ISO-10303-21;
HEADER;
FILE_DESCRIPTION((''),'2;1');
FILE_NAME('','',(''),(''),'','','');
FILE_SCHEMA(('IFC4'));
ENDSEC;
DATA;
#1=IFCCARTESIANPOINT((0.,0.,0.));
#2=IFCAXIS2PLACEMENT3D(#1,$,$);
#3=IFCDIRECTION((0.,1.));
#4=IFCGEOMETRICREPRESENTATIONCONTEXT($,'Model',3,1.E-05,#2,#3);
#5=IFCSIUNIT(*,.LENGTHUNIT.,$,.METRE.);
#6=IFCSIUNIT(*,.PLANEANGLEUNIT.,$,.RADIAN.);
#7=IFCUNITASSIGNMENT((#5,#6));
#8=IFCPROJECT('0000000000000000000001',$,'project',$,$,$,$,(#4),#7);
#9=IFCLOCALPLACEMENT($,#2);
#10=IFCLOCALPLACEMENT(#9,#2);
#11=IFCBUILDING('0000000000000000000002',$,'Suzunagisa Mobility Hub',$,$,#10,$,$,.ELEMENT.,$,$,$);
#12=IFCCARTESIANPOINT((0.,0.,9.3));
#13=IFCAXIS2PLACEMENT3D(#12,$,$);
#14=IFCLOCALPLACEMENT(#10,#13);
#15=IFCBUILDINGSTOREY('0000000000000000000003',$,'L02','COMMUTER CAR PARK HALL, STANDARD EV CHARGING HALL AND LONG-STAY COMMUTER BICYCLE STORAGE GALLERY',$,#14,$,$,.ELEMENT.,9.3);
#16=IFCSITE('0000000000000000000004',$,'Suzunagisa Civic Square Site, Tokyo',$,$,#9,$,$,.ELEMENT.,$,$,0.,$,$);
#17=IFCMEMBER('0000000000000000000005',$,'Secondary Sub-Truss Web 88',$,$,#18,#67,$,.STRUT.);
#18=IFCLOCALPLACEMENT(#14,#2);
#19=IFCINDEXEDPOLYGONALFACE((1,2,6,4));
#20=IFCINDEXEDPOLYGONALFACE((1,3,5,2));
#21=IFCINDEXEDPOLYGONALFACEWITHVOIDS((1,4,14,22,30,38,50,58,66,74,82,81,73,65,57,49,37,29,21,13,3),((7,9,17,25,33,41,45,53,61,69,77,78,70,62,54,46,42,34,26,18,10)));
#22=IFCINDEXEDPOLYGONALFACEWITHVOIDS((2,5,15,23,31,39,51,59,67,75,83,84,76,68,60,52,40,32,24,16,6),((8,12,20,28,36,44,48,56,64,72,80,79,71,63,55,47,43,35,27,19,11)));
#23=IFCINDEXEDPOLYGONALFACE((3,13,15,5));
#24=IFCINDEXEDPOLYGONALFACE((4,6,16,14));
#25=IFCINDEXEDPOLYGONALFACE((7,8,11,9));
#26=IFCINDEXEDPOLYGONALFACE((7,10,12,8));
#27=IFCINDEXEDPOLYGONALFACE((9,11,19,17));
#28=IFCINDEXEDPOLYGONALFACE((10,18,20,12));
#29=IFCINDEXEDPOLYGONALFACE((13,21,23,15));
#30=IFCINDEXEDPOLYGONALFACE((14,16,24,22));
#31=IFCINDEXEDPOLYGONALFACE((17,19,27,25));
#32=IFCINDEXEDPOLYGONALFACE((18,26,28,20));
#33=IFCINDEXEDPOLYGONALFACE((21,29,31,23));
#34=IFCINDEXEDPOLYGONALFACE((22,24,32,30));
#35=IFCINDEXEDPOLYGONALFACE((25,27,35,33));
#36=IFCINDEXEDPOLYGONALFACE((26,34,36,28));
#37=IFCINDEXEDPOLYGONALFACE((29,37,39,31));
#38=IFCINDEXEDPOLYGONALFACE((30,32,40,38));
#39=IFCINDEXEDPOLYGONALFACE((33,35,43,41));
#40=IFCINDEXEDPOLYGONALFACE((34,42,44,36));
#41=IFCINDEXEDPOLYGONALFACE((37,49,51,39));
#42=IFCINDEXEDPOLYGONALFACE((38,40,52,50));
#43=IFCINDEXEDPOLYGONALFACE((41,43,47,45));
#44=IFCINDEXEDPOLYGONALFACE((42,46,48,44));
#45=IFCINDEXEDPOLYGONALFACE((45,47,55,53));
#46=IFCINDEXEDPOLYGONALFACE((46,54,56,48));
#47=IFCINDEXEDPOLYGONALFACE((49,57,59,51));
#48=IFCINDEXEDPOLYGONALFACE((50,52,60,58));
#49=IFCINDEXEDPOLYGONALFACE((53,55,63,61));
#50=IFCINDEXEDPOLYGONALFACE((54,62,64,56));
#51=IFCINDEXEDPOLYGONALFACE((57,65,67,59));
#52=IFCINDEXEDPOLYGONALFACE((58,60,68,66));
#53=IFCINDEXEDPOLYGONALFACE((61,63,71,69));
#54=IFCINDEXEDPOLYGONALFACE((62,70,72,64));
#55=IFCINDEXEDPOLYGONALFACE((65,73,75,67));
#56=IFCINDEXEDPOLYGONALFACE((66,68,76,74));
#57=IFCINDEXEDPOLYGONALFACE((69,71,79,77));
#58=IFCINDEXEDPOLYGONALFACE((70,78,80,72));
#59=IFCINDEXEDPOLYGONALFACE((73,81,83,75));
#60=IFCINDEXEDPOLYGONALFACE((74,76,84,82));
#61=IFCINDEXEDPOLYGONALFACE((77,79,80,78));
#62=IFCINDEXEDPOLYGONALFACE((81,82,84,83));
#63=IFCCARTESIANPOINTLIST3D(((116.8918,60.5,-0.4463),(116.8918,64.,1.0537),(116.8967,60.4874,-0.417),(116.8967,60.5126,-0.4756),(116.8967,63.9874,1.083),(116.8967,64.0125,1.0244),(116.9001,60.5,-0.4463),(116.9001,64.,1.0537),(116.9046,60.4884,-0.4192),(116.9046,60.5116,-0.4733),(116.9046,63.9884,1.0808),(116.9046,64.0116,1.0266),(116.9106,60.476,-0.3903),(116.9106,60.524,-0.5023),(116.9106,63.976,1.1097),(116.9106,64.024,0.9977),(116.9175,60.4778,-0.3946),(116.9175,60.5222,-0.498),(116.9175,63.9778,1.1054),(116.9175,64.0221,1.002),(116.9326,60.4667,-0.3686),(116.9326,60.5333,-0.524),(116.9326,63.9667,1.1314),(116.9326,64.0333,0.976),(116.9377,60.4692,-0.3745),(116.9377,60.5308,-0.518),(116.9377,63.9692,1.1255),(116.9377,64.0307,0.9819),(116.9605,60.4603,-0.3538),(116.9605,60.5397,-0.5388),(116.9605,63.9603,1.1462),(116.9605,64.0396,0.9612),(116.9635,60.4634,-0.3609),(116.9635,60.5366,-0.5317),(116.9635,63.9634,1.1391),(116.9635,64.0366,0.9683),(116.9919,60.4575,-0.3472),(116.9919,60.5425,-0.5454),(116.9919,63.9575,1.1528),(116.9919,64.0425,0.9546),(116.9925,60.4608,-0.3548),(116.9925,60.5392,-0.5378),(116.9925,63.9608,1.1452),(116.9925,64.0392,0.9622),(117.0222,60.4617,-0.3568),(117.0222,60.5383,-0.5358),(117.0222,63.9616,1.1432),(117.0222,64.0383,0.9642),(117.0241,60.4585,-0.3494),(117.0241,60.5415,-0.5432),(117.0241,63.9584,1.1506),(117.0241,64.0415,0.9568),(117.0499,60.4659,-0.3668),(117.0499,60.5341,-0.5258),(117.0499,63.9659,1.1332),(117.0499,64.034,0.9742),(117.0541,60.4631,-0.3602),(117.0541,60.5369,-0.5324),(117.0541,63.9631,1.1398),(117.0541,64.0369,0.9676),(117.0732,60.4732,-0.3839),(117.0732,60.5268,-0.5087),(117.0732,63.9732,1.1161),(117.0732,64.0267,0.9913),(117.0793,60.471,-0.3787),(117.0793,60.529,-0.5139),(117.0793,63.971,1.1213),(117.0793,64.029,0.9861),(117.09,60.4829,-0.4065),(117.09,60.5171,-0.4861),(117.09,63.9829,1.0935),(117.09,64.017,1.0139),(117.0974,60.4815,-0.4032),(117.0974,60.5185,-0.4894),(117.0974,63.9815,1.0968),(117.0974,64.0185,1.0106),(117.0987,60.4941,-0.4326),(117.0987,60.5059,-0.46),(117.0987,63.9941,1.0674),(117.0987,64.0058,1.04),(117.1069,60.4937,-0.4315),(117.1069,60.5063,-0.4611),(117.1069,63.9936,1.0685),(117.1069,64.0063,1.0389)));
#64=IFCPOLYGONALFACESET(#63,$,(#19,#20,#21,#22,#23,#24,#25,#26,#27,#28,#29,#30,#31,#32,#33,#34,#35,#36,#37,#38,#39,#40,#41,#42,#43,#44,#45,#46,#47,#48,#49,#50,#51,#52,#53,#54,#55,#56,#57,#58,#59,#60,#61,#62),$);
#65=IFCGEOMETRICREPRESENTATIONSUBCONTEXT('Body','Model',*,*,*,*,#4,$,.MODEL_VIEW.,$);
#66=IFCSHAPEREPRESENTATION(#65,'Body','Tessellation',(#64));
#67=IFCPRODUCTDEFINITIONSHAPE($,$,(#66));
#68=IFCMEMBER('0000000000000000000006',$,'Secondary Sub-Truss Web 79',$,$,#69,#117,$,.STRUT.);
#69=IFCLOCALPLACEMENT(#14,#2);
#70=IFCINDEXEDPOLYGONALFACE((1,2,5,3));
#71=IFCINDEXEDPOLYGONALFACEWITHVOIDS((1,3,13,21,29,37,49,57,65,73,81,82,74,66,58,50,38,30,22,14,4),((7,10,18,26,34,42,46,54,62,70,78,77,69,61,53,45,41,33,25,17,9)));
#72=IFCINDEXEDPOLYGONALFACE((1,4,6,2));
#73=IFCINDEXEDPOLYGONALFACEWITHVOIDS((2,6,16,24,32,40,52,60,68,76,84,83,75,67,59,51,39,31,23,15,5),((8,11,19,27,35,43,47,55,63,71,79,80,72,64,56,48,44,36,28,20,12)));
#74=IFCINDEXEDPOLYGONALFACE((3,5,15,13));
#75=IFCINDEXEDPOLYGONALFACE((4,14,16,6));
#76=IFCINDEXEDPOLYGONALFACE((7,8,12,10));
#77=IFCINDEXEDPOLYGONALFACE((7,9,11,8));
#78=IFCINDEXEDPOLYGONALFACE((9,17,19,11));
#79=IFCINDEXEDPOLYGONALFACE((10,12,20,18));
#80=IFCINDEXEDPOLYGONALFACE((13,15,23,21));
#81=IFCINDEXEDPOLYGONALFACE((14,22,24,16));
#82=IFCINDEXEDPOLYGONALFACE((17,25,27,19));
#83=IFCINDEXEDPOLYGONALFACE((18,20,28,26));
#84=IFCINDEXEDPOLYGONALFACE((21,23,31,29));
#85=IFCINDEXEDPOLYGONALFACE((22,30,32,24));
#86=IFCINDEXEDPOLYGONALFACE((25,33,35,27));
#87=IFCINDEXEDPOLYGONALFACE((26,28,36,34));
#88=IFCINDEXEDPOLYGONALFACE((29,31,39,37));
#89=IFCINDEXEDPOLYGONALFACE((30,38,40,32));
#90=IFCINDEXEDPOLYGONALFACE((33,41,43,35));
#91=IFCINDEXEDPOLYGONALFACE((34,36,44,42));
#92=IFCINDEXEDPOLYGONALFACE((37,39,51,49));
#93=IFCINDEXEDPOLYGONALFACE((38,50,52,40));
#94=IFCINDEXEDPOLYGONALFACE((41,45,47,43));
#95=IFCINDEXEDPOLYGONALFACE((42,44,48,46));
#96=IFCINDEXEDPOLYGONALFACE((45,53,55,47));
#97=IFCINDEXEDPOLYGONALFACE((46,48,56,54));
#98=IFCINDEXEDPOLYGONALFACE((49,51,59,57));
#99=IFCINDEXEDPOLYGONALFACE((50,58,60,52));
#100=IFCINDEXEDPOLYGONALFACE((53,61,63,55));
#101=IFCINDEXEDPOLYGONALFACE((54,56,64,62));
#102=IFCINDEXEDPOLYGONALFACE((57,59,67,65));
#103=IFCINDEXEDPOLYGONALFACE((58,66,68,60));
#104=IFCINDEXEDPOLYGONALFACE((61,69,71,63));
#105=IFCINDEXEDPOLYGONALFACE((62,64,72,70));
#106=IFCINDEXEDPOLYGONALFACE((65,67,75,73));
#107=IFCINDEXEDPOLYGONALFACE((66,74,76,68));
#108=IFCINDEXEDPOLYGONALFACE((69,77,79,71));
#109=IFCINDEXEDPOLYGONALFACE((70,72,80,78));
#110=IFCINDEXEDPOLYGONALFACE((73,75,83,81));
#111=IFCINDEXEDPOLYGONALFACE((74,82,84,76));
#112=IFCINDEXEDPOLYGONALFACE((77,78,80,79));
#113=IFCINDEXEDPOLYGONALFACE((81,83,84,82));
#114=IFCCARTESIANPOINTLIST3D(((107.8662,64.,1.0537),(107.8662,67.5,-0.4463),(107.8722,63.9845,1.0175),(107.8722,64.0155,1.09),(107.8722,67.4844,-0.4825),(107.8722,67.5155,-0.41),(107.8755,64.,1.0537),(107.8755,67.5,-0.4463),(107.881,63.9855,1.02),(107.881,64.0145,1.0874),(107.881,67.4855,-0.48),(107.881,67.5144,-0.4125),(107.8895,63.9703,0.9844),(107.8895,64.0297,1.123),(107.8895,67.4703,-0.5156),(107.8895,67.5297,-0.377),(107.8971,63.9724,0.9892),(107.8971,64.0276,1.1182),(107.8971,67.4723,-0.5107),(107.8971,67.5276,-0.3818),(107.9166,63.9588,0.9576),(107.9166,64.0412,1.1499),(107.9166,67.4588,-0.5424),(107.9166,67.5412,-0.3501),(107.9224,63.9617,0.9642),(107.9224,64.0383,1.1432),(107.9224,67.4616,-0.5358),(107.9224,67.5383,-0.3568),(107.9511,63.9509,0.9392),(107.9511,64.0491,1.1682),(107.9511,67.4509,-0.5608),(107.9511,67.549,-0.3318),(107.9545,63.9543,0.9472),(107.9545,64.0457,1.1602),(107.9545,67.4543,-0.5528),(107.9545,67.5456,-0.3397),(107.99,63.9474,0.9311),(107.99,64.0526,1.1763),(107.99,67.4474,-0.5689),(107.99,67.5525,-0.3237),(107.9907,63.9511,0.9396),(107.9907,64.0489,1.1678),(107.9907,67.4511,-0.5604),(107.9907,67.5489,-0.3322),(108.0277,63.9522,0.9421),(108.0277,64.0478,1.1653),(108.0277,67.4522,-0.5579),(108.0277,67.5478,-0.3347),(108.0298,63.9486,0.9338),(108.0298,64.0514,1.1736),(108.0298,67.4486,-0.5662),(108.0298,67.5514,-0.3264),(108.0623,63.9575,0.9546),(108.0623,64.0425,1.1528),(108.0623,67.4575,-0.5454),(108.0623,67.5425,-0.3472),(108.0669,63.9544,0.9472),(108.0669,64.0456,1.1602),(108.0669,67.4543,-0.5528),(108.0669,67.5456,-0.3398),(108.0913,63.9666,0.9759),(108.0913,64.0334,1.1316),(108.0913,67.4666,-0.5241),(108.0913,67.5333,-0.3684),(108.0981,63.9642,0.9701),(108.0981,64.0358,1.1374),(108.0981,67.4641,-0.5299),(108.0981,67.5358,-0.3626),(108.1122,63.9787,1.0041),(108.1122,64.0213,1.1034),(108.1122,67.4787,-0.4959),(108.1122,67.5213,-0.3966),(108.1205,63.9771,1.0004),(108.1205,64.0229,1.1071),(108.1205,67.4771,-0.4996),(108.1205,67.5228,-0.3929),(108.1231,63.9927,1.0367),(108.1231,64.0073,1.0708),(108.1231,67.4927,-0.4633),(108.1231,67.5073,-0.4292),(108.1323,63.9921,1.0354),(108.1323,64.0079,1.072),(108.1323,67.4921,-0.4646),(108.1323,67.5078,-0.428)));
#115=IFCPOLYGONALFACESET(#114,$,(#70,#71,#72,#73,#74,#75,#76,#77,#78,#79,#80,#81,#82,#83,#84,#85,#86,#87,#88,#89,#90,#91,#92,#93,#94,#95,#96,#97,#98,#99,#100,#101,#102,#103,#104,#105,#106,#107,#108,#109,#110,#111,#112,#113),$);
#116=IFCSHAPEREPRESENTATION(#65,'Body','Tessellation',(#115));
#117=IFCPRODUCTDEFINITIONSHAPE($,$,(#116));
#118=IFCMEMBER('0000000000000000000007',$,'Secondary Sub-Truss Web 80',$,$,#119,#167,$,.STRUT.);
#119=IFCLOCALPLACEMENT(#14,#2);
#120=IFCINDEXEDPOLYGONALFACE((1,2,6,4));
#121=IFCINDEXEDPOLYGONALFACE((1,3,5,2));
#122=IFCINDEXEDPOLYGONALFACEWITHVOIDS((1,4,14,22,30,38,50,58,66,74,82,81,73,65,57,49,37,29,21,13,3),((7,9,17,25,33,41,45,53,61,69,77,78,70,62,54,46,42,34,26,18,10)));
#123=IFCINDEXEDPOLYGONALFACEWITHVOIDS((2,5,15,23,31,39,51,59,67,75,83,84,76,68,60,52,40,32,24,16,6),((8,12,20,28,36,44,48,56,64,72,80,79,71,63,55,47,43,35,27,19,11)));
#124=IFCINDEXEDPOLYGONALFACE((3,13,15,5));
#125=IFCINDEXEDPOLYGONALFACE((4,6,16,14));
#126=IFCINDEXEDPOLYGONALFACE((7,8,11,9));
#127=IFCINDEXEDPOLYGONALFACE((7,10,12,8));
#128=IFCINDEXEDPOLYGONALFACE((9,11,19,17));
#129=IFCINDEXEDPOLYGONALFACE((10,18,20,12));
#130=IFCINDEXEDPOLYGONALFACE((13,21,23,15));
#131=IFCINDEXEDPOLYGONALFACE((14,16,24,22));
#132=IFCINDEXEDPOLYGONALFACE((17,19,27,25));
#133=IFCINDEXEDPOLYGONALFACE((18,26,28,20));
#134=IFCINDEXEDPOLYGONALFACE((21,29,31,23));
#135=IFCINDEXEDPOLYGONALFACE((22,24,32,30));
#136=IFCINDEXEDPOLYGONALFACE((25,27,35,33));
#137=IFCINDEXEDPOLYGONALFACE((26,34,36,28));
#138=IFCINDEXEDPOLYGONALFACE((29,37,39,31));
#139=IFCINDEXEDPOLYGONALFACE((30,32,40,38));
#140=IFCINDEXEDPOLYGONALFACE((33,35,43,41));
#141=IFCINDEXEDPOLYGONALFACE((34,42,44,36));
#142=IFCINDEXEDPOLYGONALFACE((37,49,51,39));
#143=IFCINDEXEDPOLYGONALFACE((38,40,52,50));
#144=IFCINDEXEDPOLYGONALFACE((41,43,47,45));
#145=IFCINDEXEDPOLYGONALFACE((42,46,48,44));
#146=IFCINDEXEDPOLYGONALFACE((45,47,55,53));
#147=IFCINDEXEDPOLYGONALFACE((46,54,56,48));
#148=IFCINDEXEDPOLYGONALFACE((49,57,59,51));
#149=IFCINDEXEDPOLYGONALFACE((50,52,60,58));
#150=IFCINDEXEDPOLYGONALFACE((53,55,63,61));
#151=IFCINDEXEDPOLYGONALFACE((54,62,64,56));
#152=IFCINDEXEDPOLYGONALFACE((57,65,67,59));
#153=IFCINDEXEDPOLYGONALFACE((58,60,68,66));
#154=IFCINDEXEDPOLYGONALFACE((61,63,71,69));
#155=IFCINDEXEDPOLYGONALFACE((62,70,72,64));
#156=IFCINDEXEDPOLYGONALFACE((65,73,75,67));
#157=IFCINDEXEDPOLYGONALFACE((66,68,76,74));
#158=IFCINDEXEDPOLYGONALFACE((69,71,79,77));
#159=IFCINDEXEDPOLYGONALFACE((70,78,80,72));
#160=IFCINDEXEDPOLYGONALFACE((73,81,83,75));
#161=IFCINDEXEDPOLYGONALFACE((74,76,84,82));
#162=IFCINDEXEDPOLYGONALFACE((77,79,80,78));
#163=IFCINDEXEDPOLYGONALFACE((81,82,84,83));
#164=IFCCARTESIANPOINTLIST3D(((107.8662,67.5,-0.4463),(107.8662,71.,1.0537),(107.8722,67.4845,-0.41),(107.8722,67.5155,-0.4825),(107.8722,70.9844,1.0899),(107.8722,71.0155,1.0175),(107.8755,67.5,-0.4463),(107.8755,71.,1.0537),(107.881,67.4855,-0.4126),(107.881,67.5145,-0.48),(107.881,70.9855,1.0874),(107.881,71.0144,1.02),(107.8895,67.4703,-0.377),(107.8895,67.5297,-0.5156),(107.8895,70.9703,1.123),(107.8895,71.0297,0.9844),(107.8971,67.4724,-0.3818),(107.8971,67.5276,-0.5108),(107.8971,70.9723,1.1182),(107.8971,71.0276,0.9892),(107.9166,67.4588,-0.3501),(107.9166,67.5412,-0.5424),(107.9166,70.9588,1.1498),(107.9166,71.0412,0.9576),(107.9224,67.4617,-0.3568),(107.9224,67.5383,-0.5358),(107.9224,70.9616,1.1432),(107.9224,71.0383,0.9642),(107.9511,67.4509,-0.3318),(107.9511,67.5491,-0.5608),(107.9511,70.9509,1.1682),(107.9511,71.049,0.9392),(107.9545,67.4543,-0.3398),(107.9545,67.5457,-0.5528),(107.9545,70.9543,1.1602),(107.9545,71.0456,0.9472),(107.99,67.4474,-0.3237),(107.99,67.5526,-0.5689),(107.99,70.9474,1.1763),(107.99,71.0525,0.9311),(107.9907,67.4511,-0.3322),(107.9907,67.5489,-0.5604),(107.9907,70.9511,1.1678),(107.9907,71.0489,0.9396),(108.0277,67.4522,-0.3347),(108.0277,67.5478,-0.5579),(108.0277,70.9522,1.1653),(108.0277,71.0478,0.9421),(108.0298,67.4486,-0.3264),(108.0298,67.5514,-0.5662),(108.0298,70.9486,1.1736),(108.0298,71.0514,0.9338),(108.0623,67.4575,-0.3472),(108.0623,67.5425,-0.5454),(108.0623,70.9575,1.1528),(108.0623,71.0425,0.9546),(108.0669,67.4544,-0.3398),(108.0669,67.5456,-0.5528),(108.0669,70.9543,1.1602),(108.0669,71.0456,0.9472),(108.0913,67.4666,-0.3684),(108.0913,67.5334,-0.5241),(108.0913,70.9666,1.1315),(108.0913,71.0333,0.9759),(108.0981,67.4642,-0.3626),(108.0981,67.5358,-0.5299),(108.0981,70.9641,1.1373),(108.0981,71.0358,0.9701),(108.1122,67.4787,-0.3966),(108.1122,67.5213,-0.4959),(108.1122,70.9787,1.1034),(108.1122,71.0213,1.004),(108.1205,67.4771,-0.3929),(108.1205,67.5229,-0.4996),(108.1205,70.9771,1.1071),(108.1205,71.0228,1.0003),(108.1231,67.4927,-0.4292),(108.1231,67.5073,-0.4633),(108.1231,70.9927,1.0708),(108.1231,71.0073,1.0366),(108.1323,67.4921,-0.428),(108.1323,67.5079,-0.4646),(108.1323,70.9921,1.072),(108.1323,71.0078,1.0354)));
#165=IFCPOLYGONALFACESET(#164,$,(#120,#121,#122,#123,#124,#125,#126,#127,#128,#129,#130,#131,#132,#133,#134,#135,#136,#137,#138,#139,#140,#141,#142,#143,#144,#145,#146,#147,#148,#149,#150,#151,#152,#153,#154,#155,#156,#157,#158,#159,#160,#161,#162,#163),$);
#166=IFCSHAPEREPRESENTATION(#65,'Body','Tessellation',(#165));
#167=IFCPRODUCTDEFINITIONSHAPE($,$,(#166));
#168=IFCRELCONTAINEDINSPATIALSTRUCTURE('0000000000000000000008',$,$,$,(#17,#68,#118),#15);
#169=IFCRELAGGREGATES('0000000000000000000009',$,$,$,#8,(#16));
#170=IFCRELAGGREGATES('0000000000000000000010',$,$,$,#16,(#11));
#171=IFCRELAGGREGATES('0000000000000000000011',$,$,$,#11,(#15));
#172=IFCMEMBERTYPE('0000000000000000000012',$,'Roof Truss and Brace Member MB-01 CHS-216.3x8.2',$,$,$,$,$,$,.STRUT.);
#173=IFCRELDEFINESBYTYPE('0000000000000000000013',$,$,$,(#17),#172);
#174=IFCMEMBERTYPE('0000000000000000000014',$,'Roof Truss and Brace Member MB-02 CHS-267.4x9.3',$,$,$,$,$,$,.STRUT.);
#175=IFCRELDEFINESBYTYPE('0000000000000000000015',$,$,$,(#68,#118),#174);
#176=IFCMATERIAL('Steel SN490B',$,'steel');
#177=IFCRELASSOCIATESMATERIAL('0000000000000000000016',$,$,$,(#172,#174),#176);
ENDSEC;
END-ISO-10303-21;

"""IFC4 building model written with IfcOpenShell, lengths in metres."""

from ifc_helpers import new_model, si_unit, direction, frame, origin, origin_2d, place, context, subcontext, project, spatial, hollow_circle, extrude, material, material_profile, profile_set, type_object, element, save


model = new_model("IFC4")

# Units and contexts
model_context = context("Model", 3, precision=1e-05, world=origin(), true_north=direction((0.0, 1.0)))
body_context = subcontext(model_context, "Body", "Model", "MODEL_VIEW")
ifc_project = project(units=[si_unit("LENGTHUNIT", "METRE"), si_unit("PLANEANGLEUNIT", "RADIAN")], contexts=[model_context])

# Site, building, storey
site_placement = place(None, origin())
site = spatial("IfcSite", under=ifc_project, at=site_placement, Name="Suzunagisa Civic Square Site, Tokyo", CompositionType="ELEMENT", RefElevation=0.0)
building_placement = place(site_placement, origin())
building = spatial("IfcBuilding", under=site, at=building_placement, Name="Suzunagisa Mobility Hub", CompositionType="ELEMENT")
storey_placement = place(building_placement, frame((0.0, 0.0, 9.3)))
storey = spatial("IfcBuildingStorey", under=building, at=storey_placement, Name="L02", Description="COMMUTER CAR PARK HALL, STANDARD EV CHARGING HALL AND LONG-STAY COMMUTER BICYCLE STORAGE GALLERY", CompositionType="ELEMENT", Elevation=9.3)

# Shared definitions
ifc_material_1 = material(Name="Steel SN490B", Category="steel")

# Members
ifc_material_profile_1 = material_profile(ifc_material_1, hollow_circle(Radius=0.1082, WallThickness=0.0083, at=origin_2d()), Name="CHS-216.3x8.2")
ifc_profile_set_1 = profile_set([ifc_material_profile_1], Name="Steel SN490B")
member_type_1 = type_object("IfcMemberType", Name="Roof Truss and Brace Member MB-01 CHS-216.3x8.2", PredefinedType="STRUT", material=ifc_profile_set_1)
for number, where, z_axis, x_axis, name in (
    (1, (117.0, 60.5, -0.4463), (0.0, 0.919145, 0.393919), (-1.0, 0.0, 0.0), "Secondary Sub-Truss Web 88"),
):
    element("IfcMember", number, at=place(storey_placement, frame(where, z_axis=z_axis, x_axis=x_axis)), inside=storey, type_object=member_type_1, Name=name, PredefinedType="STRUT", context=body_context, shape_type="SweptSolid", body=[
        extrude(hollow_circle(Radius=0.1082, WallThickness=0.0083, at=origin_2d()), origin(), (0.0, 0.0, 1.0), 3.8079),
    ])
ifc_material_profile_2 = material_profile(ifc_material_1, hollow_circle(Radius=0.1338, WallThickness=0.0093, at=origin_2d()), Name="CHS-267.4x9.3")
ifc_profile_set_2 = profile_set([ifc_material_profile_2], Name="Steel SN490B")
member_type_2 = type_object("IfcMemberType", Name="Roof Truss and Brace Member MB-02 CHS-267.4x9.3", PredefinedType="STRUT", material=ifc_profile_set_2)
for number, where, z_axis, x_axis, name in (
    (2, (108.0, 64.0, 1.0537), (0.0, 0.919145, -0.393919), (-1.0, 0.0, 0.0), "Secondary Sub-Truss Web 79"),
    (3, (108.0, 67.5, -0.4463), (0.0, 0.919145, 0.393919), (-1.0, 0.0, 0.0), "Secondary Sub-Truss Web 80"),
):
    element("IfcMember", number, at=place(storey_placement, frame(where, z_axis=z_axis, x_axis=x_axis)), inside=storey, type_object=member_type_2, Name=name, PredefinedType="STRUT", context=body_context, shape_type="SweptSolid", body=[
        extrude(hollow_circle(Radius=0.1338, WallThickness=0.0093, at=origin_2d()), origin(), (0.0, 0.0, 1.0), 3.8079),
    ])

save(model, "model.ifc")
